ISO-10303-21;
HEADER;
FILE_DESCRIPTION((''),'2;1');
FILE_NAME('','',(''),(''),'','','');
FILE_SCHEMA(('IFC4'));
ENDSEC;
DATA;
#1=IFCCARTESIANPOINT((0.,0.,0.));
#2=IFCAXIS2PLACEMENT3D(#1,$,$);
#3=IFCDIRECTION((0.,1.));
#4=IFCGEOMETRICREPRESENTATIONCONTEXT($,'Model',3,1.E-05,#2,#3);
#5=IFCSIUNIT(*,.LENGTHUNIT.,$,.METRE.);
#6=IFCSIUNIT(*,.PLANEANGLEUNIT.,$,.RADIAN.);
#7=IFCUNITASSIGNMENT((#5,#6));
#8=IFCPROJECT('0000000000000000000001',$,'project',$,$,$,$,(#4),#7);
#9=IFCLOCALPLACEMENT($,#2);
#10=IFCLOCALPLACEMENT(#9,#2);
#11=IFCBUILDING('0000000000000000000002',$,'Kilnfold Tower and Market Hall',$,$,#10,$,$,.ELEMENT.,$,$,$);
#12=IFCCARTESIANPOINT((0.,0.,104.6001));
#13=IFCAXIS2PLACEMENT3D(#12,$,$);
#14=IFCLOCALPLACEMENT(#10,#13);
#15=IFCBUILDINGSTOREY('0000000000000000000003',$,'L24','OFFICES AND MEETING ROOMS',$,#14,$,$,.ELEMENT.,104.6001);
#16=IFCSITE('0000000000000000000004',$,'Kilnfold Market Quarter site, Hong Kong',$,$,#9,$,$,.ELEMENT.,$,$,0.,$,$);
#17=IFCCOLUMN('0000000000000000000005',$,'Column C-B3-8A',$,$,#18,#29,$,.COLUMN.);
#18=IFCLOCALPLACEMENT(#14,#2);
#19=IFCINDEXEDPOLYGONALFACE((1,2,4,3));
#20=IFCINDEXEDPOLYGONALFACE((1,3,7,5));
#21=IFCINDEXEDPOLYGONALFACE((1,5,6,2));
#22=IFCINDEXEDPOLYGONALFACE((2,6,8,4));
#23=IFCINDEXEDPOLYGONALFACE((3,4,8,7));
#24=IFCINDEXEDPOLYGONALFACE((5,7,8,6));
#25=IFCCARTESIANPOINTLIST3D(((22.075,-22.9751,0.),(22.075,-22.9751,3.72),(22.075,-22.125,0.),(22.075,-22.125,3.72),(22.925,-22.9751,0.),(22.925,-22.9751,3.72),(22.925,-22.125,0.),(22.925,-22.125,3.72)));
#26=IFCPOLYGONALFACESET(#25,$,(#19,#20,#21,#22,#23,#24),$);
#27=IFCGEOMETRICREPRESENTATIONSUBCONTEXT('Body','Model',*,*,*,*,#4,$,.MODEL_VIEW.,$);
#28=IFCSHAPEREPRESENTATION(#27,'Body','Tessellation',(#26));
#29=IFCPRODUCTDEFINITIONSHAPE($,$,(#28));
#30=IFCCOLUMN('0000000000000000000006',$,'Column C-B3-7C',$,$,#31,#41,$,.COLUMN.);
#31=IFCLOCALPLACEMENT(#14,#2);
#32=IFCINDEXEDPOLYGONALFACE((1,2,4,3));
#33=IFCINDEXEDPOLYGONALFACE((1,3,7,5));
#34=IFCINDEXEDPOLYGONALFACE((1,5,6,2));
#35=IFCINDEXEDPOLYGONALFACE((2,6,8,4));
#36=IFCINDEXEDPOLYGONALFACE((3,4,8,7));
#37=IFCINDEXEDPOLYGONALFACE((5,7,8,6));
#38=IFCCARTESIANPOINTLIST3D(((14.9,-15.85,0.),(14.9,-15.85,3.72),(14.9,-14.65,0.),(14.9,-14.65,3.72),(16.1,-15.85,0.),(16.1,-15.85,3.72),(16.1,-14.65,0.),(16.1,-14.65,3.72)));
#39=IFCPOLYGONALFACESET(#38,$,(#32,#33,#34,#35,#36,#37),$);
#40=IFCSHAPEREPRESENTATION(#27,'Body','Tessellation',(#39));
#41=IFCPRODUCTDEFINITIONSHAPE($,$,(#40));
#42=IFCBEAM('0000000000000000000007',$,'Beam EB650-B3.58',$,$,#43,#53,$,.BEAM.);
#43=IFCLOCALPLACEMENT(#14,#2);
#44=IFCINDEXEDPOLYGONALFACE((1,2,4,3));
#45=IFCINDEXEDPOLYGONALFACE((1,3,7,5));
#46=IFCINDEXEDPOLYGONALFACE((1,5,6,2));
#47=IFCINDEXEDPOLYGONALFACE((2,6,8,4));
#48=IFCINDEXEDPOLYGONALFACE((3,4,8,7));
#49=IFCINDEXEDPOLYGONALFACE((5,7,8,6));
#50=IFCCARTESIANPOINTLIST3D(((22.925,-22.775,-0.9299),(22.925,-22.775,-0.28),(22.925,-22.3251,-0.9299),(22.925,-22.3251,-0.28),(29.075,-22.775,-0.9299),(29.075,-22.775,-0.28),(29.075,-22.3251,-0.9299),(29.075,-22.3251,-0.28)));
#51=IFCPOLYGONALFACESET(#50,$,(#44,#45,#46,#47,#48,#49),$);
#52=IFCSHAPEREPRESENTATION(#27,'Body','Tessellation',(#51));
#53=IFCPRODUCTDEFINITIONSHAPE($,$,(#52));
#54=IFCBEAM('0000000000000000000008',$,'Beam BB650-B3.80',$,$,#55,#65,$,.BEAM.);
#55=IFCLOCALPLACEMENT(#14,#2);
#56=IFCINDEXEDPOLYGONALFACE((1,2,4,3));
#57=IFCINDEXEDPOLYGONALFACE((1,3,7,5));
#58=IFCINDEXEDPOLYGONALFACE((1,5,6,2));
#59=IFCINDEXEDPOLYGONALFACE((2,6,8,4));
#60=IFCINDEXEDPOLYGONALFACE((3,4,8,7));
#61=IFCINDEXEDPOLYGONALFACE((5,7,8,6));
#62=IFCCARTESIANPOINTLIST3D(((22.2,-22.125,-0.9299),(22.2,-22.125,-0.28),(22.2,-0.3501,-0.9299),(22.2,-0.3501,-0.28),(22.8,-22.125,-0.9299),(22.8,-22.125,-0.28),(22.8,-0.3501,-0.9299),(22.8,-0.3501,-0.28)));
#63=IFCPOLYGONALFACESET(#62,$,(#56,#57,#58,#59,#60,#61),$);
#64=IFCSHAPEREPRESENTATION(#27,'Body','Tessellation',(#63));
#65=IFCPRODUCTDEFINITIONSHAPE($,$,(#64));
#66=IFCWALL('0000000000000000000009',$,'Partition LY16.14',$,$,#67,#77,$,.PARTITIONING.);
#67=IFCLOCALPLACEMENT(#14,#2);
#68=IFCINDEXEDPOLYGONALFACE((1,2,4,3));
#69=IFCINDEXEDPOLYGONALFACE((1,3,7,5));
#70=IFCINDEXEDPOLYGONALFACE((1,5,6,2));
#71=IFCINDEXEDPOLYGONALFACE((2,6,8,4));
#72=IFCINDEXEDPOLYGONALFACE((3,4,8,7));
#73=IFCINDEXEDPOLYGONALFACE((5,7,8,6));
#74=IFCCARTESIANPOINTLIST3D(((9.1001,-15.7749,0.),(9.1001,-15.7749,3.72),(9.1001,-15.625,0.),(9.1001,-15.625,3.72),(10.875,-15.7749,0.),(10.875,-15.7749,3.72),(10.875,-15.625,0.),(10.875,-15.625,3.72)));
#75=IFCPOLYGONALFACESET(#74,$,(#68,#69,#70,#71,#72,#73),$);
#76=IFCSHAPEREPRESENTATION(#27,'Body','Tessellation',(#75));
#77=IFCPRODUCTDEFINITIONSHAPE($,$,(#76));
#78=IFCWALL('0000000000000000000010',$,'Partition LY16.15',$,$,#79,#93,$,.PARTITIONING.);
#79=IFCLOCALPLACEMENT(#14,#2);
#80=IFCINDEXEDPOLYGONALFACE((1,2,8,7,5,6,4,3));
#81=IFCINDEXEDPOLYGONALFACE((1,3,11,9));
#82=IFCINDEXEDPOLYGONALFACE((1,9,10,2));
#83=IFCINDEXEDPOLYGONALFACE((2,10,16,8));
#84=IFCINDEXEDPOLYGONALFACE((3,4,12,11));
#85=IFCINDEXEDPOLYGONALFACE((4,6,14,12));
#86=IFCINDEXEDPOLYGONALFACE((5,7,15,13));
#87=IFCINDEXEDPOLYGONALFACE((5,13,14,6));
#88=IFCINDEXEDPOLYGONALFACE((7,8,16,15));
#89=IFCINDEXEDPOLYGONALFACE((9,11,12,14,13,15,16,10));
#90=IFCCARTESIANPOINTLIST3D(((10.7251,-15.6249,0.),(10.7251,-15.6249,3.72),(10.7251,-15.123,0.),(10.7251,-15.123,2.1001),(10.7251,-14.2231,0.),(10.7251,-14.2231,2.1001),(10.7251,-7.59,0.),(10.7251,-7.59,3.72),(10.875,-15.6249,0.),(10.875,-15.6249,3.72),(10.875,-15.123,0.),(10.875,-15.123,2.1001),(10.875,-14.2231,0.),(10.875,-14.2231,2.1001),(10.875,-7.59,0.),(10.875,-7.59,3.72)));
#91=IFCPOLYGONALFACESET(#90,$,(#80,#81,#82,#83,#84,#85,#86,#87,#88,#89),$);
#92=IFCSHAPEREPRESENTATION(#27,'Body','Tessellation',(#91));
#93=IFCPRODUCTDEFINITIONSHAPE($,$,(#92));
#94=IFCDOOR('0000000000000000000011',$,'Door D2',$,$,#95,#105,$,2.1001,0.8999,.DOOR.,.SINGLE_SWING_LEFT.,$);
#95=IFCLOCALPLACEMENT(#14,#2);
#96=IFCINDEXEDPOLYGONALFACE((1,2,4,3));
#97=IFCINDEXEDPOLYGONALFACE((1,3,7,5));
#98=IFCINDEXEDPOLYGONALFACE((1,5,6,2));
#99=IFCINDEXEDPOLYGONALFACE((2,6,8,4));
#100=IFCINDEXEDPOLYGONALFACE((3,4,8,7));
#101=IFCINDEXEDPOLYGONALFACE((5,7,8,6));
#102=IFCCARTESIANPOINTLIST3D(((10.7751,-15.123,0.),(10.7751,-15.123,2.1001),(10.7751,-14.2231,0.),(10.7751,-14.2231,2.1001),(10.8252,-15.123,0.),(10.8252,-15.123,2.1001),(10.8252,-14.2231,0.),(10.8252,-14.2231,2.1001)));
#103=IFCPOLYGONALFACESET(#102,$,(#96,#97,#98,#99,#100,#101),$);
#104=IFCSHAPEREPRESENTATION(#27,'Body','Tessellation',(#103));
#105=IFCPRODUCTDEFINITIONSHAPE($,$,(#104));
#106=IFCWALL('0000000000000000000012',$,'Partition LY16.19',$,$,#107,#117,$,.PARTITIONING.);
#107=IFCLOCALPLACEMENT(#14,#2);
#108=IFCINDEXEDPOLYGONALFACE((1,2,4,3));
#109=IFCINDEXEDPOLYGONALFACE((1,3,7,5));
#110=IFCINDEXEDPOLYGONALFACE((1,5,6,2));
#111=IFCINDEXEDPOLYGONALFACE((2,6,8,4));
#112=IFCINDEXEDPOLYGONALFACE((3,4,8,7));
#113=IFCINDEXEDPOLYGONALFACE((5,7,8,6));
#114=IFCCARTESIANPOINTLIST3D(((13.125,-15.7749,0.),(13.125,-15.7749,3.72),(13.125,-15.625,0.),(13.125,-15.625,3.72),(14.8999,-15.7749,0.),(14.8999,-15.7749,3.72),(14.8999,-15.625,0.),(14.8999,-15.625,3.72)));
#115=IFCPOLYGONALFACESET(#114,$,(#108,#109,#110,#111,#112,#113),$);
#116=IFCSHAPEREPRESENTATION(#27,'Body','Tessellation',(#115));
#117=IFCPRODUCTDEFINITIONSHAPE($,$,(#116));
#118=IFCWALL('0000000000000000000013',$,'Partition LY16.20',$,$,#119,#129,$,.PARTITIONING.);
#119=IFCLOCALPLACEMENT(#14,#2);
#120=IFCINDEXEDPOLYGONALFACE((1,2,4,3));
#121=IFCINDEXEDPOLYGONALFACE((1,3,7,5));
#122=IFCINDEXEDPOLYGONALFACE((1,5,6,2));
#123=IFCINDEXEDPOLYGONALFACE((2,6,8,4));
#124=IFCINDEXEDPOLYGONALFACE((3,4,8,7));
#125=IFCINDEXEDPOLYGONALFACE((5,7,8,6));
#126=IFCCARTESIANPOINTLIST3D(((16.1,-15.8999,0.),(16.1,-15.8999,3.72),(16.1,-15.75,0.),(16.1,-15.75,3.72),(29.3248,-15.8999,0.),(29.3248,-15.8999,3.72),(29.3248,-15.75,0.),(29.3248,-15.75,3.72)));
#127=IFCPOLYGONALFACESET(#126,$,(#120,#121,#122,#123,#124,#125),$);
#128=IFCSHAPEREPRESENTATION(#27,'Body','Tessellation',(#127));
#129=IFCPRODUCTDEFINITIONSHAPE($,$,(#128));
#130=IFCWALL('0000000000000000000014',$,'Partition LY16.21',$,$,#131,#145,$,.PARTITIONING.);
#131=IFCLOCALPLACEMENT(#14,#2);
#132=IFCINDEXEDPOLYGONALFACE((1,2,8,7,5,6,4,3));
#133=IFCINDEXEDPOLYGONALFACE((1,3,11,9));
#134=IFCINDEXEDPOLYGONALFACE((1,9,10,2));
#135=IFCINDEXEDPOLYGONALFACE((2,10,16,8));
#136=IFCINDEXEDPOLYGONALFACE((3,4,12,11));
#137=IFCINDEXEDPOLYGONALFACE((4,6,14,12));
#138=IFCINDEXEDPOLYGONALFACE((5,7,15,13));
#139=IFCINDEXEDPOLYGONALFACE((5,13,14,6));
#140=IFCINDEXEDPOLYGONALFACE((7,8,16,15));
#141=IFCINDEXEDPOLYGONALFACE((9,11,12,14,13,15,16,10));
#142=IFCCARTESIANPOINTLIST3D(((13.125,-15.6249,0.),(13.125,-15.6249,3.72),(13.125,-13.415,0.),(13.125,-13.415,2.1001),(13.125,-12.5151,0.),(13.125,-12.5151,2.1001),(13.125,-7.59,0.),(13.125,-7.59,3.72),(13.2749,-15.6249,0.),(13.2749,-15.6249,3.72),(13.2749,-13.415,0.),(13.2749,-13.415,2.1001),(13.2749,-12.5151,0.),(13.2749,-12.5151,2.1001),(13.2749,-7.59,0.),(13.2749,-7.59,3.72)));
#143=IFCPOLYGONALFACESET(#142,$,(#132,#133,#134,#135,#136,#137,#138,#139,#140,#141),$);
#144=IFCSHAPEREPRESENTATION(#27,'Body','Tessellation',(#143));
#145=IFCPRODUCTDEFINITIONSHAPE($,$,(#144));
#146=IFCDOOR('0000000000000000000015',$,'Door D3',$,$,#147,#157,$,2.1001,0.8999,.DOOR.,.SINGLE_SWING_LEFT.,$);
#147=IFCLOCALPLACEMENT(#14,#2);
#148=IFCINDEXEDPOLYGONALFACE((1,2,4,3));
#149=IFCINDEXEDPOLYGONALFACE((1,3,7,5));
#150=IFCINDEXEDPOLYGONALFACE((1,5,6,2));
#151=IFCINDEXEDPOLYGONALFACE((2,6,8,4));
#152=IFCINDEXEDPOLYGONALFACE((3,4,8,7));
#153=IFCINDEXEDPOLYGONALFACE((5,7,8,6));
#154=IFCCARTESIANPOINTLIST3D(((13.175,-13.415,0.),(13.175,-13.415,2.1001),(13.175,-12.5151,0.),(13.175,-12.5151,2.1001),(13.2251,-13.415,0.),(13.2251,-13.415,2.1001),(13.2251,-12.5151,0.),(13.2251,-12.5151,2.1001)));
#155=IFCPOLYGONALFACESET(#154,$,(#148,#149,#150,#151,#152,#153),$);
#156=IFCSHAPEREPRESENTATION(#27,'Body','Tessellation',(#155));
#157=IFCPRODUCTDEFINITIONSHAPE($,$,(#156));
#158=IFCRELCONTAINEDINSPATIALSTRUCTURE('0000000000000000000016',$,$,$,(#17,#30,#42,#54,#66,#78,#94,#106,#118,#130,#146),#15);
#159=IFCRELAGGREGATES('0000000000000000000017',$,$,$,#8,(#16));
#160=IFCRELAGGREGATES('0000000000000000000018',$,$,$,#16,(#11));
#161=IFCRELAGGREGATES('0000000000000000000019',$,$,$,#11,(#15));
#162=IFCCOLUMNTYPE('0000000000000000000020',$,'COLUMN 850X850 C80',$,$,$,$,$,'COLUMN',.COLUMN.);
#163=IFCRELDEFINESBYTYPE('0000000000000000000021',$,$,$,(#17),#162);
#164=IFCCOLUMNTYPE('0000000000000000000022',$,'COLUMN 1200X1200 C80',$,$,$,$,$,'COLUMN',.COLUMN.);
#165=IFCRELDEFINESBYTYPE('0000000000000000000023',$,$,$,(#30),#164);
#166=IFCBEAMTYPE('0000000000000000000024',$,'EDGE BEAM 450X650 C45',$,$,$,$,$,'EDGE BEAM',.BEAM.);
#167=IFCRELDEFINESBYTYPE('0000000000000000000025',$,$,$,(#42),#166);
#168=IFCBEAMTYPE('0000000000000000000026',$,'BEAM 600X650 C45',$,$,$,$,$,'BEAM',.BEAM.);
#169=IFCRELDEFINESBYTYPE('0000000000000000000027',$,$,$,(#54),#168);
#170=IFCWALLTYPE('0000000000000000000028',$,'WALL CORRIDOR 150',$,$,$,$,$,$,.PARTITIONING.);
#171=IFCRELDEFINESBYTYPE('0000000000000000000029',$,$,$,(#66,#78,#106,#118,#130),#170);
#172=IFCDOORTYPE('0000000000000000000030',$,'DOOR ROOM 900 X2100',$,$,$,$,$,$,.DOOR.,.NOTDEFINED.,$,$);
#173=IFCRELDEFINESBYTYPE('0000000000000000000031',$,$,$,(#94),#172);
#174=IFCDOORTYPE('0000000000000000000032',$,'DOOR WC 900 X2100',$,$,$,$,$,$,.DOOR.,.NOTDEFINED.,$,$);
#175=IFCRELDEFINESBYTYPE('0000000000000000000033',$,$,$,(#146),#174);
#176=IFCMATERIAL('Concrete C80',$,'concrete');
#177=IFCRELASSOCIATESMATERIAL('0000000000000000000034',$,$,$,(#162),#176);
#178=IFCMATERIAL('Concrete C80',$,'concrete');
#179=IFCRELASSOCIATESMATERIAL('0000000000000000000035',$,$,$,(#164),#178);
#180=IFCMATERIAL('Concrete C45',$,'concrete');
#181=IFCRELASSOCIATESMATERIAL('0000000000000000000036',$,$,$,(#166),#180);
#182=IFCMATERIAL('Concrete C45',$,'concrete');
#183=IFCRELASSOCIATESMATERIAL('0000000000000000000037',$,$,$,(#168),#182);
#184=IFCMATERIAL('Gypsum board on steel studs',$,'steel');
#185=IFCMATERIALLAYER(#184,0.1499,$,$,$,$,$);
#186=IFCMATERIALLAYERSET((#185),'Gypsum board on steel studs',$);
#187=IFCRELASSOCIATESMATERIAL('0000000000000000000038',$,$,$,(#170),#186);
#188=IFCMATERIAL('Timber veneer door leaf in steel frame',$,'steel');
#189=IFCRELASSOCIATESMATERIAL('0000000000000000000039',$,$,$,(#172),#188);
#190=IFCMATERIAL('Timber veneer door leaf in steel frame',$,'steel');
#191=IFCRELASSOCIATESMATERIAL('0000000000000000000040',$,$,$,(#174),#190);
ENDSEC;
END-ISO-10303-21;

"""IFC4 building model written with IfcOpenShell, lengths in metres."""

from ifc_helpers import new_model, si_unit, direction, frame, frame_2d, origin, origin_2d, place, context, subcontext, project, spatial, rectangle, extrude, source, transform, mapped, material, layer, layer_set, material_profile, profile_set, type_object, element, fill, save


model = new_model("IFC4")

# Units and contexts
model_context = context("Model", 3, precision=1e-05, world=origin(), true_north=direction((0.0, 1.0)))
body_context = subcontext(model_context, "Body", "Model", "MODEL_VIEW")
ifc_project = project(units=[si_unit("LENGTHUNIT", "METRE"), si_unit("PLANEANGLEUNIT", "RADIAN")], contexts=[model_context])

# Site, building, storey
site_placement = place(None, origin())
site = spatial("IfcSite", under=ifc_project, at=site_placement, Name="Kilnfold Market Quarter site, Hong Kong", CompositionType="ELEMENT", RefElevation=0.0)
building_placement = place(site_placement, origin())
building = spatial("IfcBuilding", under=site, at=building_placement, Name="Kilnfold Tower and Market Hall", CompositionType="ELEMENT")
storey_placement = place(building_placement, frame((0.0, 0.0, 104.6001)))
storey = spatial("IfcBuildingStorey", under=building, at=storey_placement, Name="L24", Description="OFFICES AND MEETING ROOMS", CompositionType="ELEMENT", Elevation=104.6001)

# Columns
ifc_material_1 = material(Name="Concrete C80", Category="concrete")
ifc_material_profile_1 = material_profile(ifc_material_1, rectangle(XDim=0.8501, YDim=0.8501, at=origin_2d()), Name="RC 850x850")
ifc_profile_set_1 = profile_set([ifc_material_profile_1], Name="Concrete C80")
column_type_1 = type_object("IfcColumnType", Name="COLUMN 850X850 C80", ElementType="COLUMN", PredefinedType="COLUMN", material=ifc_profile_set_1)
shared_shape_1 = source(origin(), body_context, "Body", "SweptSolid", [
    extrude(rectangle(XDim=0.8501, YDim=0.8501, at=origin_2d()), origin(), (0.0, 0.0, 1.0), 3.72),
])
column_1_placement = place(storey_placement, frame((22.5, -22.55, 0.0), z_axis=(0.0, 0.0, 1.0), x_axis=(1.0, 0.0, 0.0)))
element("IfcColumn", 1, at=column_1_placement, inside=storey, type_object=column_type_1, Name="Column C-B3-8A", PredefinedType="COLUMN", context=body_context, shape_type="MappedRepresentation", body=[
    mapped(shared_shape_1, transform((0.0, 0.0, 0.0))),
])
ifc_material_2 = material(Name="Concrete C80", Category="concrete")
ifc_material_profile_2 = material_profile(ifc_material_2, rectangle(XDim=1.2, YDim=1.2, at=origin_2d()), Name="RC 1200x1200")
ifc_profile_set_2 = profile_set([ifc_material_profile_2], Name="Concrete C80")
column_type_2 = type_object("IfcColumnType", Name="COLUMN 1200X1200 C80", ElementType="COLUMN", PredefinedType="COLUMN", material=ifc_profile_set_2)
shared_shape_2 = source(origin(), body_context, "Body", "SweptSolid", [
    extrude(rectangle(XDim=1.2, YDim=1.2, at=origin_2d()), origin(), (0.0, 0.0, 1.0), 3.72),
])
column_2_placement = place(storey_placement, frame((15.5, -15.25, 0.0), z_axis=(0.0, 0.0, 1.0), x_axis=(1.0, 0.0, 0.0)))
element("IfcColumn", 2, at=column_2_placement, inside=storey, type_object=column_type_2, Name="Column C-B3-7C", PredefinedType="COLUMN", context=body_context, shape_type="MappedRepresentation", body=[
    mapped(shared_shape_2, transform((0.0, 0.0, 0.0))),
])

# Beams
ifc_material_3 = material(Name="Concrete C45", Category="concrete")
ifc_material_profile_3 = material_profile(ifc_material_3, rectangle(XDim=0.45, YDim=0.6499, at=origin_2d()), Name="RC 450x650")
ifc_profile_set_3 = profile_set([ifc_material_profile_3], Name="Concrete C45")
beam_type_1 = type_object("IfcBeamType", Name="EDGE BEAM 450X650 C45", ElementType="EDGE BEAM", PredefinedType="BEAM", material=ifc_profile_set_3)
shared_shape_3 = source(origin(), body_context, "Body", "SweptSolid", [
    extrude(rectangle(XDim=0.45, YDim=0.6499, at=origin_2d()), origin(), (0.0, 0.0, 1.0), 6.1499),
])
beam_1_placement = place(storey_placement, frame((22.925, -22.55, -0.605), z_axis=(1.0, 0.0, 0.0), x_axis=(0.0, 1.0, 0.0)))
element("IfcBeam", 3, at=beam_1_placement, inside=storey, type_object=beam_type_1, Name="Beam EB650-B3.58", PredefinedType="BEAM", context=body_context, shape_type="MappedRepresentation", body=[
    mapped(shared_shape_3, transform((0.0, 0.0, 0.0))),
])
ifc_material_4 = material(Name="Concrete C45", Category="concrete")
ifc_material_profile_4 = material_profile(ifc_material_4, rectangle(XDim=0.6001, YDim=0.6499, at=origin_2d()), Name="RC 600x650")
ifc_profile_set_4 = profile_set([ifc_material_profile_4], Name="Concrete C45")
beam_type_2 = type_object("IfcBeamType", Name="BEAM 600X650 C45", ElementType="BEAM", PredefinedType="BEAM", material=ifc_profile_set_4)
shared_shape_4 = source(origin(), body_context, "Body", "SweptSolid", [
    extrude(rectangle(XDim=0.6001, YDim=0.6499, at=origin_2d()), origin(), (0.0, 0.0, 1.0), 21.7749),
])
beam_2_placement = place(storey_placement, frame((22.5, -22.125, -0.605), z_axis=(0.0, 1.0, 0.0), x_axis=(-1.0, 0.0, 0.0)))
element("IfcBeam", 4, at=beam_2_placement, inside=storey, type_object=beam_type_2, Name="Beam BB650-B3.80", PredefinedType="BEAM", context=body_context, shape_type="MappedRepresentation", body=[
    mapped(shared_shape_4, transform((0.0, 0.0, 0.0))),
])

# Wall
ifc_material_5 = material(Name="Gypsum board on steel studs", Category="steel")
ifc_layer_1 = layer(ifc_material_5, 0.1499)
ifc_layer_set_1 = layer_set([ifc_layer_1], Name="Gypsum board on steel studs")
wall_type_1 = type_object("IfcWallType", Name="WALL CORRIDOR 150", PredefinedType="PARTITIONING", material=ifc_layer_set_1)
wall_1_placement = place(storey_placement, frame((9.1001, -15.7, 0.0), z_axis=(0.0, 0.0, 1.0), x_axis=(1.0, 0.0, 0.0)))
element("IfcWall", 5, at=wall_1_placement, inside=storey, type_object=wall_type_1, Name="Partition LY16.14", PredefinedType="PARTITIONING", context=body_context, shape_type="SweptSolid", body=[
    extrude(rectangle(XDim=1.7749, YDim=0.1499, at=frame_2d((0.8875, 0.0))), origin(), (0.0, 0.0, 1.0), 3.72),
])

# Wall, opening, door
wall_2_placement = place(storey_placement, frame((10.8, -15.625, 0.0), z_axis=(0.0, 0.0, 1.0), x_axis=(0.0, 1.0, 0.0)))
wall_2 = element("IfcWall", 6, at=wall_2_placement, inside=storey, type_object=wall_type_1, Name="Partition LY16.15", PredefinedType="PARTITIONING", context=body_context, shape_type="SweptSolid", body=[
    extrude(rectangle(XDim=8.0349, YDim=0.1499, at=frame_2d((4.0176, 0.0))), origin(), (0.0, 0.0, 1.0), 3.72),
])
opening_1_placement = place(wall_2_placement, frame((0.502, 0.0, 0.0)))
opening_1 = element("IfcOpeningElement", 7, at=opening_1_placement, cuts=wall_2, PredefinedType="OPENING", context=body_context, shape_type="SweptSolid", body=[
    extrude(rectangle(XDim=0.8999, YDim=2.1001, at=frame_2d((0.45, 1.05))), frame((0.0, 0.085, 0.0), z_axis=(0.0, -1.0, 0.0), x_axis=(1.0, 0.0, 0.0)), (0.0, 0.0, 1.0), 0.1699),
])
ifc_material_6 = material(Name="Timber veneer door leaf in steel frame", Category="steel")
door_type_1 = type_object("IfcDoorType", Name="DOOR ROOM 900 X2100", OperationType="NOTDEFINED", PredefinedType="DOOR", material=ifc_material_6)
door_1_placement = place(opening_1_placement, origin())
door_1 = element("IfcDoor", 8, at=door_1_placement, inside=storey, type_object=door_type_1, Name="Door D2", OperationType="SINGLE_SWING_LEFT", OverallHeight=2.1001, OverallWidth=0.8999, PredefinedType="DOOR", context=body_context, shape_type="SweptSolid", body=[
    extrude(rectangle(XDim=0.8999, YDim=2.1001, at=frame_2d((0.45, 1.05))), frame((0.0, 0.0249, 0.0), z_axis=(0.0, -1.0, 0.0), x_axis=(1.0, 0.0, 0.0)), (0.0, 0.0, 1.0), 0.05),
])
fill(opening_1, door_1)

# Walls
wall_3_placement = place(storey_placement, frame((13.125, -15.7, 0.0), z_axis=(0.0, 0.0, 1.0), x_axis=(1.0, 0.0, 0.0)))
element("IfcWall", 9, at=wall_3_placement, inside=storey, type_object=wall_type_1, Name="Partition LY16.19", PredefinedType="PARTITIONING", context=body_context, shape_type="SweptSolid", body=[
    extrude(rectangle(XDim=1.7749, YDim=0.1499, at=frame_2d((0.8875, 0.0))), origin(), (0.0, 0.0, 1.0), 3.72),
])
wall_4_placement = place(storey_placement, frame((16.1001, -15.825, 0.0), z_axis=(0.0, 0.0, 1.0), x_axis=(1.0, 0.0, 0.0)))
element("IfcWall", 10, at=wall_4_placement, inside=storey, type_object=wall_type_1, Name="Partition LY16.20", PredefinedType="PARTITIONING", context=body_context, shape_type="SweptSolid", body=[
    extrude(rectangle(XDim=13.2249, YDim=0.1499, at=frame_2d((6.6123, 0.0))), origin(), (0.0, 0.0, 1.0), 3.72),
])

# Wall, opening, door
wall_5_placement = place(storey_placement, frame((13.2, -15.625, 0.0), z_axis=(0.0, 0.0, 1.0), x_axis=(0.0, 1.0, 0.0)))
wall_5 = element("IfcWall", 11, at=wall_5_placement, inside=storey, type_object=wall_type_1, Name="Partition LY16.21", PredefinedType="PARTITIONING", context=body_context, shape_type="SweptSolid", body=[
    extrude(rectangle(XDim=8.0349, YDim=0.1499, at=frame_2d((4.0176, 0.0))), origin(), (0.0, 0.0, 1.0), 3.72),
])
opening_2_placement = place(wall_5_placement, frame((2.21, 0.0, 0.0)))
opening_2 = element("IfcOpeningElement", 12, at=opening_2_placement, cuts=wall_5, PredefinedType="OPENING", context=body_context, shape_type="SweptSolid", body=[
    extrude(rectangle(XDim=0.8999, YDim=2.1001, at=frame_2d((0.45, 1.05))), frame((0.0, 0.085, 0.0), z_axis=(0.0, -1.0, 0.0), x_axis=(1.0, 0.0, 0.0)), (0.0, 0.0, 1.0), 0.1699),
])
ifc_material_7 = material(Name="Timber veneer door leaf in steel frame", Category="steel")
door_type_2 = type_object("IfcDoorType", Name="DOOR WC 900 X2100", OperationType="NOTDEFINED", PredefinedType="DOOR", material=ifc_material_7)
door_2_placement = place(opening_2_placement, origin())
door_2 = element("IfcDoor", 13, at=door_2_placement, inside=storey, type_object=door_type_2, Name="Door D3", OperationType="SINGLE_SWING_LEFT", OverallHeight=2.1001, OverallWidth=0.8999, PredefinedType="DOOR", context=body_context, shape_type="SweptSolid", body=[
    extrude(rectangle(XDim=0.8999, YDim=2.1001, at=frame_2d((0.45, 1.05))), frame((0.0, 0.0249, 0.0), z_axis=(0.0, -1.0, 0.0), x_axis=(1.0, 0.0, 0.0)), (0.0, 0.0, 1.0), 0.05),
])
fill(opening_2, door_2)

save(model, "model.ifc")
